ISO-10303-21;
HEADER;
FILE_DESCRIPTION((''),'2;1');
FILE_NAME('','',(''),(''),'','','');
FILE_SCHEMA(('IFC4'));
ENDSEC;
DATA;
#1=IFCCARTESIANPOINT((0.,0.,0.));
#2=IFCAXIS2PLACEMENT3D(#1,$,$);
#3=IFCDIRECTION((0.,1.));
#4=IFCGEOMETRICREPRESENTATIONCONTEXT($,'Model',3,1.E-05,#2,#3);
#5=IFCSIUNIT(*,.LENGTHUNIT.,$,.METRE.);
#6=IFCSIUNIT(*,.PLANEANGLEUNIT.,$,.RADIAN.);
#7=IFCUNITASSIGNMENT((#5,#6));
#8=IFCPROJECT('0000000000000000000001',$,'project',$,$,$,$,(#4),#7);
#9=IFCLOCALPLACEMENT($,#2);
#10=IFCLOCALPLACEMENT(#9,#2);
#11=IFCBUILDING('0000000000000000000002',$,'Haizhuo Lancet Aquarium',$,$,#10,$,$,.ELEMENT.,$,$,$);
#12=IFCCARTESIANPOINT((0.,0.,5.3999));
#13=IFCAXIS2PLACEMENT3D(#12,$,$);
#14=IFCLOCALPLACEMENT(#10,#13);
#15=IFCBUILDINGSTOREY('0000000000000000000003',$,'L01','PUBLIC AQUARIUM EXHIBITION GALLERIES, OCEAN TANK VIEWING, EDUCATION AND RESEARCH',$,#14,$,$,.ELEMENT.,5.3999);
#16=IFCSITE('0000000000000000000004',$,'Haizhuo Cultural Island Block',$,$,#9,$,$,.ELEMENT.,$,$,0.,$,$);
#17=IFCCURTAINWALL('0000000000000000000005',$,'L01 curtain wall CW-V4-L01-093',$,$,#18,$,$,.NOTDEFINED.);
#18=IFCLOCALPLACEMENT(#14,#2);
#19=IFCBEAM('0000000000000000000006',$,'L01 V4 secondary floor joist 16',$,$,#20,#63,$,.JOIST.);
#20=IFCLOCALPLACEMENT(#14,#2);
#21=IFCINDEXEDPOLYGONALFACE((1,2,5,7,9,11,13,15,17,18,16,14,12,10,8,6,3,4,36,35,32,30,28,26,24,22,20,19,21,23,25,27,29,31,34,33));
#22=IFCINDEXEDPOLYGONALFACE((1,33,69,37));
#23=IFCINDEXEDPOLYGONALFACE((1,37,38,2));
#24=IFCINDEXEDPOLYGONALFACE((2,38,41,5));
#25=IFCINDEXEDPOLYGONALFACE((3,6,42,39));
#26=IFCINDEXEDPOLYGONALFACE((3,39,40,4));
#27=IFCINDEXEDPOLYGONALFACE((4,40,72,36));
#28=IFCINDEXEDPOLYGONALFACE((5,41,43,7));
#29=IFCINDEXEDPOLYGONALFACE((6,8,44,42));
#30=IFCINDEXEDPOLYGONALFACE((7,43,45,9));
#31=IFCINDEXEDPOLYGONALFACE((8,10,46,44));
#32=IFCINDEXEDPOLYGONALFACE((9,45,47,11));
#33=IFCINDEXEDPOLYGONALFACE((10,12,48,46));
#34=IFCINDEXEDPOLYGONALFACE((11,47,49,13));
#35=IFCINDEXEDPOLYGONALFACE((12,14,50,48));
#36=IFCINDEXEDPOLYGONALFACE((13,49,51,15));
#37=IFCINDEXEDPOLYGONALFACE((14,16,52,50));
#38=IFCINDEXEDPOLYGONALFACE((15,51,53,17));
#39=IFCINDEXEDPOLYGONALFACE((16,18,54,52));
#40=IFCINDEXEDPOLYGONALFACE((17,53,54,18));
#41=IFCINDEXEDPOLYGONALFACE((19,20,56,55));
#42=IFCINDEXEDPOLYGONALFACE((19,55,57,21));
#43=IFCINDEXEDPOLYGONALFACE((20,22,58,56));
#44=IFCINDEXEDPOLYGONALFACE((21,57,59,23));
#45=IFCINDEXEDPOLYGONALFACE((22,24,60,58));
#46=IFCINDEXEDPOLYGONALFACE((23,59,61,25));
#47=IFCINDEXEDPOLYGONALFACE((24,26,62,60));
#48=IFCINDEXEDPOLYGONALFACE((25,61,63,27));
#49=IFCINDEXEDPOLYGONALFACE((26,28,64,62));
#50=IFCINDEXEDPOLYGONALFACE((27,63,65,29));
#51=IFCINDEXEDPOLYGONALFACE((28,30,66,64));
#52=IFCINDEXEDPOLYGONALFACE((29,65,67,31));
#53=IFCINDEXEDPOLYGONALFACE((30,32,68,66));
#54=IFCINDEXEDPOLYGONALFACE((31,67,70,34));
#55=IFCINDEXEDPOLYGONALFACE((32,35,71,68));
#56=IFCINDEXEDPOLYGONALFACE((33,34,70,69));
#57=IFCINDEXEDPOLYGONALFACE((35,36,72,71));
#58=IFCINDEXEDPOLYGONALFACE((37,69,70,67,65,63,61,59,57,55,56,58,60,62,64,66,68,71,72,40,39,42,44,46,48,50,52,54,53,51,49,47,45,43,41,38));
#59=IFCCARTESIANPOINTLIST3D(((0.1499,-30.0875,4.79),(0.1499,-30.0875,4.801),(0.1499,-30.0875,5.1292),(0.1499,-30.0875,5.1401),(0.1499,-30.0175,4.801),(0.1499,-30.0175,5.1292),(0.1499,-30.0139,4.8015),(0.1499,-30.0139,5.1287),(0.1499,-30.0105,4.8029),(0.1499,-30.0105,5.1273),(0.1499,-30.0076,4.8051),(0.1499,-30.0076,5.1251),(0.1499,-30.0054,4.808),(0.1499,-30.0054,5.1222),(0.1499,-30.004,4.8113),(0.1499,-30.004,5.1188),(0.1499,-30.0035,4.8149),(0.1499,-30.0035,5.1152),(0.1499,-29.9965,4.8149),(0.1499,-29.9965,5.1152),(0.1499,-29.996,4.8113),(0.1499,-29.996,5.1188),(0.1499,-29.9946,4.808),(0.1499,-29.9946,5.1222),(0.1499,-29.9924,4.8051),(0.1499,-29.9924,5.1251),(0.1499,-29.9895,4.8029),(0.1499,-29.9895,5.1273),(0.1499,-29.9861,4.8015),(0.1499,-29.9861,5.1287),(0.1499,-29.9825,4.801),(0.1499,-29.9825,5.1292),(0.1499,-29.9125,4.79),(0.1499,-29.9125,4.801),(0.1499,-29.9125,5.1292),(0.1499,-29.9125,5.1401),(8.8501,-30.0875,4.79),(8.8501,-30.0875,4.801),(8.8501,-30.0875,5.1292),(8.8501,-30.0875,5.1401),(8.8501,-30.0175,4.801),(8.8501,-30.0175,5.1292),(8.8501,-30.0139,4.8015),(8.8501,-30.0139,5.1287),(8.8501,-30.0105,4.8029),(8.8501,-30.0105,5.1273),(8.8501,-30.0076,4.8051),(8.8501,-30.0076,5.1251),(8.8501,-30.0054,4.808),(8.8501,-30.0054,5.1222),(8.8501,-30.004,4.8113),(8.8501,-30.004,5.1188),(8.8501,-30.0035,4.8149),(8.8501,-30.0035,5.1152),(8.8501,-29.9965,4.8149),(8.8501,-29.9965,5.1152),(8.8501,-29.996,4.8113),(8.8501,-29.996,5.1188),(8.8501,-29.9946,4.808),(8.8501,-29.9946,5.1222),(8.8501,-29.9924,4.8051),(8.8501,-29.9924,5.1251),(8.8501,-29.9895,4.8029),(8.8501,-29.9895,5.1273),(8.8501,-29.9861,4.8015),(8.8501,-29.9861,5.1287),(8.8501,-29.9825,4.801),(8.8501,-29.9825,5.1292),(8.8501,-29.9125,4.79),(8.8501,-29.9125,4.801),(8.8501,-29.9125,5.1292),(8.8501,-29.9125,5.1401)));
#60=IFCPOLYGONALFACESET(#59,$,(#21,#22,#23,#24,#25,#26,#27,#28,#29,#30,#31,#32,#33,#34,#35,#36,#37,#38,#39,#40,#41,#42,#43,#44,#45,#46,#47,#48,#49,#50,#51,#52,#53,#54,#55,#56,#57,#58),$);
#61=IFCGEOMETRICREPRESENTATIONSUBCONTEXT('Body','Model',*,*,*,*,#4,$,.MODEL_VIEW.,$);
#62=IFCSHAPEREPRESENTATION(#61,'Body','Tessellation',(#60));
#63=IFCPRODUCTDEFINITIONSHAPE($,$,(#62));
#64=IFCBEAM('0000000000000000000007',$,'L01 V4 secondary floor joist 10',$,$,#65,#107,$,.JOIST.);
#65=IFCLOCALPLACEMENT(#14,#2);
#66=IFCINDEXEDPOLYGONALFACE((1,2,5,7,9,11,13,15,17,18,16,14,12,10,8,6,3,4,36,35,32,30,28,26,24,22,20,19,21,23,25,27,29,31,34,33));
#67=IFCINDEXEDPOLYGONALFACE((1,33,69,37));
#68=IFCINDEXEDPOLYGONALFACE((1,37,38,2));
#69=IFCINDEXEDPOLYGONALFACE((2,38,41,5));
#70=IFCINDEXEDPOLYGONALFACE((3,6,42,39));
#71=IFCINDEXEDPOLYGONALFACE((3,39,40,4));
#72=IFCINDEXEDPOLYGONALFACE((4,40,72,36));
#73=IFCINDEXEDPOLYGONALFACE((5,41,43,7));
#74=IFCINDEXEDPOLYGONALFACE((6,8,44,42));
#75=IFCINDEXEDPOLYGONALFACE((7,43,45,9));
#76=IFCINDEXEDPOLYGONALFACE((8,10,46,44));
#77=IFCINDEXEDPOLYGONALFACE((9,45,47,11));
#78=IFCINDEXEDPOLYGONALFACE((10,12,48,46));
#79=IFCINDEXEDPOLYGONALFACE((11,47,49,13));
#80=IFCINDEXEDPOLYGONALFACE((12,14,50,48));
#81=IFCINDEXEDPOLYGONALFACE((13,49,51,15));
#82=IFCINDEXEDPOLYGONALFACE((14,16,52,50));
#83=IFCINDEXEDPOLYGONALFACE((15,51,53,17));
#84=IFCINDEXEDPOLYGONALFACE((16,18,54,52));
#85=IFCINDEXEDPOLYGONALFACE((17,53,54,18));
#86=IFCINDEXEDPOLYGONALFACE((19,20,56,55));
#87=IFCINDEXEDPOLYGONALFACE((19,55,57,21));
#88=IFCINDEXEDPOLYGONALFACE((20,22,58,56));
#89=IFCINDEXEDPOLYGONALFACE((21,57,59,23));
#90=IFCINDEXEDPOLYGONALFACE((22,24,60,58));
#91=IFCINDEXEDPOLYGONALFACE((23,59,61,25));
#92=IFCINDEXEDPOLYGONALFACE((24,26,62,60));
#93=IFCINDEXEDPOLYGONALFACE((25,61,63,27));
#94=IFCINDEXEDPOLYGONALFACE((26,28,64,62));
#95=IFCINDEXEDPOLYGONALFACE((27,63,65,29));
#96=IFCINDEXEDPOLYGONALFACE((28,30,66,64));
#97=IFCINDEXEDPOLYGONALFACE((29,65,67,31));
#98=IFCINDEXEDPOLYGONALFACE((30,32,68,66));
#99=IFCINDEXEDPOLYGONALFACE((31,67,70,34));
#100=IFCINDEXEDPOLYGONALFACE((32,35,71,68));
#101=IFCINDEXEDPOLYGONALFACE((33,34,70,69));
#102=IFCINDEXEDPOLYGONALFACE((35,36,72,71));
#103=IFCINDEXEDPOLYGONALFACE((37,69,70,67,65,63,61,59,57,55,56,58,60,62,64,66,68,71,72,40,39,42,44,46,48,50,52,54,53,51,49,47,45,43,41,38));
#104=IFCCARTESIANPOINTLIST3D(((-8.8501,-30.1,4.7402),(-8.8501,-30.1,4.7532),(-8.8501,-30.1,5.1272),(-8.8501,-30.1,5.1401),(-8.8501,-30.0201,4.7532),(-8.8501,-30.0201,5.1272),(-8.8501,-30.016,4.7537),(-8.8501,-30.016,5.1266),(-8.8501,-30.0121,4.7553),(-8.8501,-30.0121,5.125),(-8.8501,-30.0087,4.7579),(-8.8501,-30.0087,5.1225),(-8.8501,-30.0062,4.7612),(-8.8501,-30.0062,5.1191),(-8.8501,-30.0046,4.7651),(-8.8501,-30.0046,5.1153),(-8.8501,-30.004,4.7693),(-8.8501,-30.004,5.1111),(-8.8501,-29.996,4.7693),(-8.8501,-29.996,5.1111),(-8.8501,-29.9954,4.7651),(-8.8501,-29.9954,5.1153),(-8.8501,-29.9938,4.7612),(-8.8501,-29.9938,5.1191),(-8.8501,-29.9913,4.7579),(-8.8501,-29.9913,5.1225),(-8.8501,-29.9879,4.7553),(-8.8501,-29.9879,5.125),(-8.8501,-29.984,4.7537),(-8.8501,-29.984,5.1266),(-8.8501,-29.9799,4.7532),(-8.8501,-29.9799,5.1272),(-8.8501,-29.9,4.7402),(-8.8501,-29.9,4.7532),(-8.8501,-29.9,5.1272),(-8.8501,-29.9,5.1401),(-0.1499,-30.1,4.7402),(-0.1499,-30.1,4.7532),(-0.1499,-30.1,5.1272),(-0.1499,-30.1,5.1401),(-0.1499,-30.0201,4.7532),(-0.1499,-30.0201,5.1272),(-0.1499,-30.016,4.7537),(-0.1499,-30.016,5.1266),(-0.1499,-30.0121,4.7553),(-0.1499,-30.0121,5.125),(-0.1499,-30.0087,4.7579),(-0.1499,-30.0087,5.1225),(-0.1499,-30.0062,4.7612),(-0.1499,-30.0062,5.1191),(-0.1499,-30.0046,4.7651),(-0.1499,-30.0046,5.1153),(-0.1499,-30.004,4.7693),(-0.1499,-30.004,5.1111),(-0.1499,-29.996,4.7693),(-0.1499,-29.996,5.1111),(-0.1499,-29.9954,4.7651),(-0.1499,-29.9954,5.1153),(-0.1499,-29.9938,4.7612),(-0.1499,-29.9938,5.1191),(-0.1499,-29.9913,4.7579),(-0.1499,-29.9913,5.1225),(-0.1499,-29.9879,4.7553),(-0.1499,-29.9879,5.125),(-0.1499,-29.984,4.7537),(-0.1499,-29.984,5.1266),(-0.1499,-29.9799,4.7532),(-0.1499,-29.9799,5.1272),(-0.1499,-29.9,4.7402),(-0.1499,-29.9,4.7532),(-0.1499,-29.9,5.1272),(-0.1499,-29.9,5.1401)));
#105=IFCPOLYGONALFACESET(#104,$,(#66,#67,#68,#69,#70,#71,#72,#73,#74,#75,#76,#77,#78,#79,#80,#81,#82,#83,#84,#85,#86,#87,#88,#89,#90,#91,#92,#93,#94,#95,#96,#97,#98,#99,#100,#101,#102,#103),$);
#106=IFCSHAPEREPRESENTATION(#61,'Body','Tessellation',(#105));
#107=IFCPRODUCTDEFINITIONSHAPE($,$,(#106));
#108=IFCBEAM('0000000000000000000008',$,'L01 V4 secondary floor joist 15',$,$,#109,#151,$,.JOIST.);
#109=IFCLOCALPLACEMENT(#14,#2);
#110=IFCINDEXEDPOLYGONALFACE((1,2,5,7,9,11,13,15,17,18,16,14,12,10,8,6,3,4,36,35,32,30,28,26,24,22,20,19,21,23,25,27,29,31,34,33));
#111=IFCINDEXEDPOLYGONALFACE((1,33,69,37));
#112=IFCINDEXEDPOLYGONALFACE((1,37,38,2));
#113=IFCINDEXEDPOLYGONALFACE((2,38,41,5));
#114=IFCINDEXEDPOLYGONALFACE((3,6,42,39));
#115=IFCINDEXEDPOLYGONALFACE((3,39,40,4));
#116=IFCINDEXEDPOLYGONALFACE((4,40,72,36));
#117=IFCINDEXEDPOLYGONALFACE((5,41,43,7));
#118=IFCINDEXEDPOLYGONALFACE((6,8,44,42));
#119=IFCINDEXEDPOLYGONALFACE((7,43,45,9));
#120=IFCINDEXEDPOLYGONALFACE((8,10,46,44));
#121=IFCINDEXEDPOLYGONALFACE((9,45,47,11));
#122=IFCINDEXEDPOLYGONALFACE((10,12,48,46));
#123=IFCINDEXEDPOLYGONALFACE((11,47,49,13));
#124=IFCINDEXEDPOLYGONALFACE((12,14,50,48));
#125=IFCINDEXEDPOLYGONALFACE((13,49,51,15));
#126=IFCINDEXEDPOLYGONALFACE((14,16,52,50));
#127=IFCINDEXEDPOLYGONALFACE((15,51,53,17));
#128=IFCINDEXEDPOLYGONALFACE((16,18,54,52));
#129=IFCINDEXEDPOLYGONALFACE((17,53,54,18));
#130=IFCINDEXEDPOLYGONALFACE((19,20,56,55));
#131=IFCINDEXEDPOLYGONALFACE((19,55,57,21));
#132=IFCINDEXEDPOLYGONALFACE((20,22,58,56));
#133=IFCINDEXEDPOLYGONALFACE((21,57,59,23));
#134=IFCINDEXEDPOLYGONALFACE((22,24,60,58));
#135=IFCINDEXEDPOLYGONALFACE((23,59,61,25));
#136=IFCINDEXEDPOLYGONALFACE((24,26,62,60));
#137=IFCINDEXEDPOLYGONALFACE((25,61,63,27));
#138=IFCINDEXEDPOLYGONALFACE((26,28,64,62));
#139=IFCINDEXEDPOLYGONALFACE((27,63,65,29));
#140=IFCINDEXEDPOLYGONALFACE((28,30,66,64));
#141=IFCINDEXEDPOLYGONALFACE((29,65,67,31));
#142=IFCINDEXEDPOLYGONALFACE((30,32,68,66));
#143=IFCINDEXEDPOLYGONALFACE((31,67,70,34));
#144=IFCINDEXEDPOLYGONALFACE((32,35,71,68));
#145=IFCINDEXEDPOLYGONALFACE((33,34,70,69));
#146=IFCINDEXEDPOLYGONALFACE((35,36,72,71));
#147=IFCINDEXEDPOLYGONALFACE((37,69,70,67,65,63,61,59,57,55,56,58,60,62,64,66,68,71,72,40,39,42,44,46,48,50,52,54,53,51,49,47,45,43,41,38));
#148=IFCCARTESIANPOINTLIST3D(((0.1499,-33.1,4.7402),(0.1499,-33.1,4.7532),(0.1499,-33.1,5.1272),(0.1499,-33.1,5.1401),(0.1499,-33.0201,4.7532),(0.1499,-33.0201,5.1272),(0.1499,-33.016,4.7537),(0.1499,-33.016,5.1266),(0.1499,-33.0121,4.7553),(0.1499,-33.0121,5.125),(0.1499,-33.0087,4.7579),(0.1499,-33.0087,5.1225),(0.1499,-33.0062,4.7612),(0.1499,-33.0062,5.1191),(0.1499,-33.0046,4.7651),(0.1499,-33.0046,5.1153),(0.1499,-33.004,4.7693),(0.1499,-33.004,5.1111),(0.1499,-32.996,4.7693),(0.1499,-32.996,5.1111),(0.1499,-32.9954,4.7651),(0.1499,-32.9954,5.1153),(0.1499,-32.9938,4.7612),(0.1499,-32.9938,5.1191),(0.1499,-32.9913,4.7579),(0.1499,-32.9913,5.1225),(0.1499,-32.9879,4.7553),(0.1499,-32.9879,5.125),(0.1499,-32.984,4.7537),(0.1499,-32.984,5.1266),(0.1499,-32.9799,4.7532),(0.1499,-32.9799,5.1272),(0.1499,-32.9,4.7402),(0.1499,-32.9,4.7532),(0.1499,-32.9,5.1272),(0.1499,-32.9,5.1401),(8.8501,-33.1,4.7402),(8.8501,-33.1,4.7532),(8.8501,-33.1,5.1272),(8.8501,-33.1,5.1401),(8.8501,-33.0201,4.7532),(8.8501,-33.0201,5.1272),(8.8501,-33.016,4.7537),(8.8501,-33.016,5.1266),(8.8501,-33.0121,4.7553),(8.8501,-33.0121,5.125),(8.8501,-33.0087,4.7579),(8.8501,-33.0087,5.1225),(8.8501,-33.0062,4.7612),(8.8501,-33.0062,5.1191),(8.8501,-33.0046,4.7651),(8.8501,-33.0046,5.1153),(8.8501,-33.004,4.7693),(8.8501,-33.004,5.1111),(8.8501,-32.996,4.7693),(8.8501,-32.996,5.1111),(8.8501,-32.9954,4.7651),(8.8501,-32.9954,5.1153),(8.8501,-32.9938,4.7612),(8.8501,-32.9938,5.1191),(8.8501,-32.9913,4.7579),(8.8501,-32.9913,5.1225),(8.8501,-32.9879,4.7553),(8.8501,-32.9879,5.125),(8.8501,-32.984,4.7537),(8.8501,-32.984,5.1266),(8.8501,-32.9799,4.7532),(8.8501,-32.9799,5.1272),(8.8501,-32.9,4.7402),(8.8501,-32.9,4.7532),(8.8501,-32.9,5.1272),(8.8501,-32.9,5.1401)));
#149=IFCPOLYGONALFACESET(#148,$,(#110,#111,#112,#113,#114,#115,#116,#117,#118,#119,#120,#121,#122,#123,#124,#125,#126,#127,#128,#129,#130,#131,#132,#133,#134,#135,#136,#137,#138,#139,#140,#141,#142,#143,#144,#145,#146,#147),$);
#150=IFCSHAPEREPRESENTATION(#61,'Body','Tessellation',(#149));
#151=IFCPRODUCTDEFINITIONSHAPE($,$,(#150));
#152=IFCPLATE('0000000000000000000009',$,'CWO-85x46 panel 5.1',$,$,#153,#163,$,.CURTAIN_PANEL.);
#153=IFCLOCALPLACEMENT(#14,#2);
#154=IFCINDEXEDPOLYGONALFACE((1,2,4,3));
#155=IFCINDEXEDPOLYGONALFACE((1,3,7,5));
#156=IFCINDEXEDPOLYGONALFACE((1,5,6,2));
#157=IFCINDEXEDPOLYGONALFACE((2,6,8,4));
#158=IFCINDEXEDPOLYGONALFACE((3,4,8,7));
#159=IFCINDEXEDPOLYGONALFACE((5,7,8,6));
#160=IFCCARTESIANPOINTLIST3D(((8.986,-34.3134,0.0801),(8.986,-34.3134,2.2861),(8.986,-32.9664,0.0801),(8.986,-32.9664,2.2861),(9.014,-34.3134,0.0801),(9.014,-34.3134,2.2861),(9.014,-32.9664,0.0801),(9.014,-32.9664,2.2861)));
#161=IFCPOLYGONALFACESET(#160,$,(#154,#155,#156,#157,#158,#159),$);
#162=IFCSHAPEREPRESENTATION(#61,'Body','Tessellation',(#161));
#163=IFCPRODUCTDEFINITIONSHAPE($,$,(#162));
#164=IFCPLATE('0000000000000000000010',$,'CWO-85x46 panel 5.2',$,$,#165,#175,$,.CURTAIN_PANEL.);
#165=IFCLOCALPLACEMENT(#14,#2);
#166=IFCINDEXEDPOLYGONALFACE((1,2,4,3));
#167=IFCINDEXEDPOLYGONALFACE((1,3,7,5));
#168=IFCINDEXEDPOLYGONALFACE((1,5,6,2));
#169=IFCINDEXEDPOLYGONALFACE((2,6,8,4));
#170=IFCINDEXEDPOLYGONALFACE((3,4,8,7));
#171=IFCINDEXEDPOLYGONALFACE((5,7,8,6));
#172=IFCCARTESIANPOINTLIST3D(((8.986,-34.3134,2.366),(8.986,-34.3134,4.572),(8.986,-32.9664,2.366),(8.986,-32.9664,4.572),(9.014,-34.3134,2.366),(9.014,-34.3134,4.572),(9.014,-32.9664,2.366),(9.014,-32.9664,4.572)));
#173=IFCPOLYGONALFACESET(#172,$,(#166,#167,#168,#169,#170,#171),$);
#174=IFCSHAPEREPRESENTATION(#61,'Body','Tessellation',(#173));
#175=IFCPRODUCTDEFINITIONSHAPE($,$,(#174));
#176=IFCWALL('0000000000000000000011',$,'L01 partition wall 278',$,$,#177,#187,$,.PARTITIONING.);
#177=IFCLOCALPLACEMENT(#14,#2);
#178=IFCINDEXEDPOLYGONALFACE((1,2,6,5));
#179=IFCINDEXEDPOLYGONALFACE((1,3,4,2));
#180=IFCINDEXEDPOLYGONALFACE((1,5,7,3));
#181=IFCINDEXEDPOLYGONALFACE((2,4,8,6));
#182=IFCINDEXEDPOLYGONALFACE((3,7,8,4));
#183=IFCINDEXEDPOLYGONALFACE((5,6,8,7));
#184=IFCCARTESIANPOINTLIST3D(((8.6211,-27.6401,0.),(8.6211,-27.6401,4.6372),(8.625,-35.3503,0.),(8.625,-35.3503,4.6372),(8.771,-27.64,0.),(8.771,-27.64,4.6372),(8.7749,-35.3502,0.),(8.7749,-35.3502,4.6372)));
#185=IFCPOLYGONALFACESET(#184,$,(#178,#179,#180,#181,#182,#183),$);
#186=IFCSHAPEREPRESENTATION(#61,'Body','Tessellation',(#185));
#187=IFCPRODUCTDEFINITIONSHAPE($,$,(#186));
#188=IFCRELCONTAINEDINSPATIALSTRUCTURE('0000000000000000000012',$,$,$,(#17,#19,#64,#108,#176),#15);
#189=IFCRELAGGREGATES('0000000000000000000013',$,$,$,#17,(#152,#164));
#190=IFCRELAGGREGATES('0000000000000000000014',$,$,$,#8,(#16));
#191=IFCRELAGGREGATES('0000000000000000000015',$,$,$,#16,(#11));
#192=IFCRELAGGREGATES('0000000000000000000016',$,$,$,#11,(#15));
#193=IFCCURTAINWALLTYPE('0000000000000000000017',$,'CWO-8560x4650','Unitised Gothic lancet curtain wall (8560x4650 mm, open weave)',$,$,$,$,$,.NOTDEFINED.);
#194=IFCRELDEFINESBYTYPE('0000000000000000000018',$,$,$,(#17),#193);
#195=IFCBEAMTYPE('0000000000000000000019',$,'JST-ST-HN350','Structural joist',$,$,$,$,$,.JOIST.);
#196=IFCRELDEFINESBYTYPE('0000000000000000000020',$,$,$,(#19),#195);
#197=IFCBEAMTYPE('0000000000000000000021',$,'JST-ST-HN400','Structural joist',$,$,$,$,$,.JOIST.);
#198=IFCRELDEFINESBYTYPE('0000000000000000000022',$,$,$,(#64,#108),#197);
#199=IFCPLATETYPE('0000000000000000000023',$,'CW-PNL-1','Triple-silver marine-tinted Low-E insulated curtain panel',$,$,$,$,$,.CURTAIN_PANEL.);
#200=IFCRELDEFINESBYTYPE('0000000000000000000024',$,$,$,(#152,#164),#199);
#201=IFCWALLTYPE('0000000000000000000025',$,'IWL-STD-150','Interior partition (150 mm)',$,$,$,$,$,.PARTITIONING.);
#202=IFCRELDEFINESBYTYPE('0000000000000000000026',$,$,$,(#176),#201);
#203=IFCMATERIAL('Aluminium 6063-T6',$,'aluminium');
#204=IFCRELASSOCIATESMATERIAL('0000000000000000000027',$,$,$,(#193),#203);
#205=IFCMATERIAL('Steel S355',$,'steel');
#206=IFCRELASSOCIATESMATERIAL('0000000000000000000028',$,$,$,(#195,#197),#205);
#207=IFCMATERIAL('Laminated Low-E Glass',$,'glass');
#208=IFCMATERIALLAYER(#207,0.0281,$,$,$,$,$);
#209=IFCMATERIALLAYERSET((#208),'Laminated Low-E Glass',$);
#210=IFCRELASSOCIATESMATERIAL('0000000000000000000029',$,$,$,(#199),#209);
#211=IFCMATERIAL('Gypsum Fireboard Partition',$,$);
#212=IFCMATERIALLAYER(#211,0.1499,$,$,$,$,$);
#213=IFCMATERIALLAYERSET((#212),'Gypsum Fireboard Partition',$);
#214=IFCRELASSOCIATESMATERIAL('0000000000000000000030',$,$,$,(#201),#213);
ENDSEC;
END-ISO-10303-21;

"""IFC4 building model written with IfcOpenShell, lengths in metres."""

from ifc_helpers import new_model, si_unit, direction, frame, frame_2d, origin, origin_2d, place, context, subcontext, project, spatial, rectangle, i_section, extrude, material, layer, layer_set, material_profile, profile_set, type_object, element, aggregate, save


model = new_model("IFC4")

# Units and contexts
model_context = context("Model", 3, precision=1e-05, world=origin(), true_north=direction((0.0, 1.0)))
body_context = subcontext(model_context, "Body", "Model", "MODEL_VIEW")
ifc_project = project(units=[si_unit("LENGTHUNIT", "METRE"), si_unit("PLANEANGLEUNIT", "RADIAN")], contexts=[model_context])

# Site, building, storey
site_placement = place(None, origin())
site = spatial("IfcSite", under=ifc_project, at=site_placement, Name="Haizhuo Cultural Island Block", CompositionType="ELEMENT", RefElevation=0.0)
building_placement = place(site_placement, origin())
building = spatial("IfcBuilding", under=site, at=building_placement, Name="Haizhuo Lancet Aquarium", CompositionType="ELEMENT")
storey_placement = place(building_placement, frame((0.0, 0.0, 5.3999)))
storey = spatial("IfcBuildingStorey", under=building, at=storey_placement, Name="L01", Description="PUBLIC AQUARIUM EXHIBITION GALLERIES, OCEAN TANK VIEWING, EDUCATION AND RESEARCH", CompositionType="ELEMENT", Elevation=5.3999)

# Shared definitions
ifc_material_1 = material(Name="Steel S355", Category="steel")

# Curtain wall
ifc_material_2 = material(Name="Aluminium 6063-T6", Category="aluminium")
curtain_wall_type = type_object("IfcCurtainWallType", Name="CWO-8560x4650", Description="Unitised Gothic lancet curtain wall (8560x4650 mm, open weave)", PredefinedType="NOTDEFINED", material=ifc_material_2)
curtain_wall_placement = place(storey_placement, origin())
curtain_wall = element("IfcCurtainWall", 1, at=curtain_wall_placement, inside=storey, type_object=curtain_wall_type, Name="L01 curtain wall CW-V4-L01-093", PredefinedType="NOTDEFINED")

# Beams
ifc_material_profile_1 = material_profile(ifc_material_1, i_section(OverallWidth=0.175, OverallDepth=0.3501, WebThickness=0.0071, FlangeThickness=0.011, FilletRadius=0.0139, at=origin_2d()), Name="HN 350x175x7x11")
ifc_profile_set_1 = profile_set([ifc_material_profile_1], Name="Steel S355")
beam_type_1 = type_object("IfcBeamType", Name="JST-ST-HN350", Description="Structural joist", PredefinedType="JOIST", material=ifc_profile_set_1)
beam_1_placement = place(storey_placement, frame((0.1499, -30.0, 4.9651), z_axis=(1.0, 0.0, 0.0), x_axis=(0.0, 1.0, 0.0)))
element("IfcBeam", 2, at=beam_1_placement, inside=storey, type_object=beam_type_1, Name="L01 V4 secondary floor joist 16", PredefinedType="JOIST", context=body_context, shape_type="SweptSolid", body=[
    extrude(i_section(OverallWidth=0.175, OverallDepth=0.3501, WebThickness=0.0071, FlangeThickness=0.011, FilletRadius=0.0139, at=origin_2d()), origin(), (0.0, 0.0, 1.0), 8.7002),
])
ifc_material_profile_2 = material_profile(ifc_material_1, i_section(OverallWidth=0.2, OverallDepth=0.3999, WebThickness=0.0081, FlangeThickness=0.0129, FilletRadius=0.0161, at=origin_2d()), Name="HN 400x200x8x13")
ifc_profile_set_2 = profile_set([ifc_material_profile_2], Name="Steel S355")
beam_type_2 = type_object("IfcBeamType", Name="JST-ST-HN400", Description="Structural joist", PredefinedType="JOIST", material=ifc_profile_set_2)
for number, where, z_axis, x_axis, name in (
    (3, (-8.8501, -30.0, 4.9402), (1.0, 0.0, 0.0), (0.0, 1.0, 0.0), "L01 V4 secondary floor joist 10"),
    (4, (0.1499, -33.0, 4.9402), (1.0, 0.0, 0.0), (0.0, 1.0, 0.0), "L01 V4 secondary floor joist 15"),
):
    element("IfcBeam", number, at=place(storey_placement, frame(where, z_axis=z_axis, x_axis=x_axis)), inside=storey, type_object=beam_type_2, Name=name, PredefinedType="JOIST", context=body_context, shape_type="SweptSolid", body=[
        extrude(i_section(OverallWidth=0.2, OverallDepth=0.3999, WebThickness=0.0081, FlangeThickness=0.0129, FilletRadius=0.0161, at=origin_2d()), origin(), (0.0, 0.0, 1.0), 8.7002),
    ])

# Plates
ifc_material_3 = material(Name="Laminated Low-E Glass", Category="glass")
ifc_layer_1 = layer(ifc_material_3, 0.0281)
ifc_layer_set_1 = layer_set([ifc_layer_1], Name="Laminated Low-E Glass")
plate_type = type_object("IfcPlateType", Name="CW-PNL-1", Description="Triple-silver marine-tinted Low-E insulated curtain panel", PredefinedType="CURTAIN_PANEL", material=ifc_layer_set_1)
plate_1_placement = place(storey_placement, frame((9.0, -33.6399, 0.0801), z_axis=(0.0, 0.0, 1.0), x_axis=(0.0, -1.0, 0.0)))
plate_1 = element("IfcPlate", 5, at=plate_1_placement, type_object=plate_type, Name="CWO-85x46 panel 5.1", PredefinedType="CURTAIN_PANEL", context=body_context, shape_type="SweptSolid", body=[
    extrude(rectangle(XDim=1.3469, YDim=0.0281, at=origin_2d()), origin(), (0.0, 0.0, 1.0), 2.2061),
])
plate_2_placement = place(storey_placement, frame((9.0, -33.6399, 2.366), z_axis=(0.0, 0.0, 1.0), x_axis=(0.0, -1.0, 0.0)))
plate_2 = element("IfcPlate", 6, at=plate_2_placement, type_object=plate_type, Name="CWO-85x46 panel 5.2", PredefinedType="CURTAIN_PANEL", context=body_context, shape_type="SweptSolid", body=[
    extrude(rectangle(XDim=1.3469, YDim=0.0281, at=origin_2d()), origin(), (0.0, 0.0, 1.0), 2.2061),
])
aggregate(curtain_wall, [plate_1, plate_2])

# Wall
ifc_material_4 = material(Name="Gypsum Fireboard Partition")
ifc_layer_2 = layer(ifc_material_4, 0.1499)
ifc_layer_set_2 = layer_set([ifc_layer_2], Name="Gypsum Fireboard Partition")
wall_type_1 = type_object("IfcWallType", Name="IWL-STD-150", Description="Interior partition (150 mm)", PredefinedType="PARTITIONING", material=ifc_layer_set_2)
wall_1_placement = place(storey_placement, frame((8.7, -35.3501, 0.0), z_axis=(0.0, 0.0, 1.0), x_axis=(-0.000507, 1.0, 0.0)))
element("IfcWall", 7, at=wall_1_placement, inside=storey, type_object=wall_type_1, Name="L01 partition wall 278", PredefinedType="PARTITIONING", context=body_context, shape_type="SweptSolid", body=[
    extrude(rectangle(XDim=7.7102, YDim=0.1499, at=frame_2d((3.855, 0.0))), origin(), (0.0, 0.0, 1.0), 4.6372),
])

save(model, "model.ifc")
